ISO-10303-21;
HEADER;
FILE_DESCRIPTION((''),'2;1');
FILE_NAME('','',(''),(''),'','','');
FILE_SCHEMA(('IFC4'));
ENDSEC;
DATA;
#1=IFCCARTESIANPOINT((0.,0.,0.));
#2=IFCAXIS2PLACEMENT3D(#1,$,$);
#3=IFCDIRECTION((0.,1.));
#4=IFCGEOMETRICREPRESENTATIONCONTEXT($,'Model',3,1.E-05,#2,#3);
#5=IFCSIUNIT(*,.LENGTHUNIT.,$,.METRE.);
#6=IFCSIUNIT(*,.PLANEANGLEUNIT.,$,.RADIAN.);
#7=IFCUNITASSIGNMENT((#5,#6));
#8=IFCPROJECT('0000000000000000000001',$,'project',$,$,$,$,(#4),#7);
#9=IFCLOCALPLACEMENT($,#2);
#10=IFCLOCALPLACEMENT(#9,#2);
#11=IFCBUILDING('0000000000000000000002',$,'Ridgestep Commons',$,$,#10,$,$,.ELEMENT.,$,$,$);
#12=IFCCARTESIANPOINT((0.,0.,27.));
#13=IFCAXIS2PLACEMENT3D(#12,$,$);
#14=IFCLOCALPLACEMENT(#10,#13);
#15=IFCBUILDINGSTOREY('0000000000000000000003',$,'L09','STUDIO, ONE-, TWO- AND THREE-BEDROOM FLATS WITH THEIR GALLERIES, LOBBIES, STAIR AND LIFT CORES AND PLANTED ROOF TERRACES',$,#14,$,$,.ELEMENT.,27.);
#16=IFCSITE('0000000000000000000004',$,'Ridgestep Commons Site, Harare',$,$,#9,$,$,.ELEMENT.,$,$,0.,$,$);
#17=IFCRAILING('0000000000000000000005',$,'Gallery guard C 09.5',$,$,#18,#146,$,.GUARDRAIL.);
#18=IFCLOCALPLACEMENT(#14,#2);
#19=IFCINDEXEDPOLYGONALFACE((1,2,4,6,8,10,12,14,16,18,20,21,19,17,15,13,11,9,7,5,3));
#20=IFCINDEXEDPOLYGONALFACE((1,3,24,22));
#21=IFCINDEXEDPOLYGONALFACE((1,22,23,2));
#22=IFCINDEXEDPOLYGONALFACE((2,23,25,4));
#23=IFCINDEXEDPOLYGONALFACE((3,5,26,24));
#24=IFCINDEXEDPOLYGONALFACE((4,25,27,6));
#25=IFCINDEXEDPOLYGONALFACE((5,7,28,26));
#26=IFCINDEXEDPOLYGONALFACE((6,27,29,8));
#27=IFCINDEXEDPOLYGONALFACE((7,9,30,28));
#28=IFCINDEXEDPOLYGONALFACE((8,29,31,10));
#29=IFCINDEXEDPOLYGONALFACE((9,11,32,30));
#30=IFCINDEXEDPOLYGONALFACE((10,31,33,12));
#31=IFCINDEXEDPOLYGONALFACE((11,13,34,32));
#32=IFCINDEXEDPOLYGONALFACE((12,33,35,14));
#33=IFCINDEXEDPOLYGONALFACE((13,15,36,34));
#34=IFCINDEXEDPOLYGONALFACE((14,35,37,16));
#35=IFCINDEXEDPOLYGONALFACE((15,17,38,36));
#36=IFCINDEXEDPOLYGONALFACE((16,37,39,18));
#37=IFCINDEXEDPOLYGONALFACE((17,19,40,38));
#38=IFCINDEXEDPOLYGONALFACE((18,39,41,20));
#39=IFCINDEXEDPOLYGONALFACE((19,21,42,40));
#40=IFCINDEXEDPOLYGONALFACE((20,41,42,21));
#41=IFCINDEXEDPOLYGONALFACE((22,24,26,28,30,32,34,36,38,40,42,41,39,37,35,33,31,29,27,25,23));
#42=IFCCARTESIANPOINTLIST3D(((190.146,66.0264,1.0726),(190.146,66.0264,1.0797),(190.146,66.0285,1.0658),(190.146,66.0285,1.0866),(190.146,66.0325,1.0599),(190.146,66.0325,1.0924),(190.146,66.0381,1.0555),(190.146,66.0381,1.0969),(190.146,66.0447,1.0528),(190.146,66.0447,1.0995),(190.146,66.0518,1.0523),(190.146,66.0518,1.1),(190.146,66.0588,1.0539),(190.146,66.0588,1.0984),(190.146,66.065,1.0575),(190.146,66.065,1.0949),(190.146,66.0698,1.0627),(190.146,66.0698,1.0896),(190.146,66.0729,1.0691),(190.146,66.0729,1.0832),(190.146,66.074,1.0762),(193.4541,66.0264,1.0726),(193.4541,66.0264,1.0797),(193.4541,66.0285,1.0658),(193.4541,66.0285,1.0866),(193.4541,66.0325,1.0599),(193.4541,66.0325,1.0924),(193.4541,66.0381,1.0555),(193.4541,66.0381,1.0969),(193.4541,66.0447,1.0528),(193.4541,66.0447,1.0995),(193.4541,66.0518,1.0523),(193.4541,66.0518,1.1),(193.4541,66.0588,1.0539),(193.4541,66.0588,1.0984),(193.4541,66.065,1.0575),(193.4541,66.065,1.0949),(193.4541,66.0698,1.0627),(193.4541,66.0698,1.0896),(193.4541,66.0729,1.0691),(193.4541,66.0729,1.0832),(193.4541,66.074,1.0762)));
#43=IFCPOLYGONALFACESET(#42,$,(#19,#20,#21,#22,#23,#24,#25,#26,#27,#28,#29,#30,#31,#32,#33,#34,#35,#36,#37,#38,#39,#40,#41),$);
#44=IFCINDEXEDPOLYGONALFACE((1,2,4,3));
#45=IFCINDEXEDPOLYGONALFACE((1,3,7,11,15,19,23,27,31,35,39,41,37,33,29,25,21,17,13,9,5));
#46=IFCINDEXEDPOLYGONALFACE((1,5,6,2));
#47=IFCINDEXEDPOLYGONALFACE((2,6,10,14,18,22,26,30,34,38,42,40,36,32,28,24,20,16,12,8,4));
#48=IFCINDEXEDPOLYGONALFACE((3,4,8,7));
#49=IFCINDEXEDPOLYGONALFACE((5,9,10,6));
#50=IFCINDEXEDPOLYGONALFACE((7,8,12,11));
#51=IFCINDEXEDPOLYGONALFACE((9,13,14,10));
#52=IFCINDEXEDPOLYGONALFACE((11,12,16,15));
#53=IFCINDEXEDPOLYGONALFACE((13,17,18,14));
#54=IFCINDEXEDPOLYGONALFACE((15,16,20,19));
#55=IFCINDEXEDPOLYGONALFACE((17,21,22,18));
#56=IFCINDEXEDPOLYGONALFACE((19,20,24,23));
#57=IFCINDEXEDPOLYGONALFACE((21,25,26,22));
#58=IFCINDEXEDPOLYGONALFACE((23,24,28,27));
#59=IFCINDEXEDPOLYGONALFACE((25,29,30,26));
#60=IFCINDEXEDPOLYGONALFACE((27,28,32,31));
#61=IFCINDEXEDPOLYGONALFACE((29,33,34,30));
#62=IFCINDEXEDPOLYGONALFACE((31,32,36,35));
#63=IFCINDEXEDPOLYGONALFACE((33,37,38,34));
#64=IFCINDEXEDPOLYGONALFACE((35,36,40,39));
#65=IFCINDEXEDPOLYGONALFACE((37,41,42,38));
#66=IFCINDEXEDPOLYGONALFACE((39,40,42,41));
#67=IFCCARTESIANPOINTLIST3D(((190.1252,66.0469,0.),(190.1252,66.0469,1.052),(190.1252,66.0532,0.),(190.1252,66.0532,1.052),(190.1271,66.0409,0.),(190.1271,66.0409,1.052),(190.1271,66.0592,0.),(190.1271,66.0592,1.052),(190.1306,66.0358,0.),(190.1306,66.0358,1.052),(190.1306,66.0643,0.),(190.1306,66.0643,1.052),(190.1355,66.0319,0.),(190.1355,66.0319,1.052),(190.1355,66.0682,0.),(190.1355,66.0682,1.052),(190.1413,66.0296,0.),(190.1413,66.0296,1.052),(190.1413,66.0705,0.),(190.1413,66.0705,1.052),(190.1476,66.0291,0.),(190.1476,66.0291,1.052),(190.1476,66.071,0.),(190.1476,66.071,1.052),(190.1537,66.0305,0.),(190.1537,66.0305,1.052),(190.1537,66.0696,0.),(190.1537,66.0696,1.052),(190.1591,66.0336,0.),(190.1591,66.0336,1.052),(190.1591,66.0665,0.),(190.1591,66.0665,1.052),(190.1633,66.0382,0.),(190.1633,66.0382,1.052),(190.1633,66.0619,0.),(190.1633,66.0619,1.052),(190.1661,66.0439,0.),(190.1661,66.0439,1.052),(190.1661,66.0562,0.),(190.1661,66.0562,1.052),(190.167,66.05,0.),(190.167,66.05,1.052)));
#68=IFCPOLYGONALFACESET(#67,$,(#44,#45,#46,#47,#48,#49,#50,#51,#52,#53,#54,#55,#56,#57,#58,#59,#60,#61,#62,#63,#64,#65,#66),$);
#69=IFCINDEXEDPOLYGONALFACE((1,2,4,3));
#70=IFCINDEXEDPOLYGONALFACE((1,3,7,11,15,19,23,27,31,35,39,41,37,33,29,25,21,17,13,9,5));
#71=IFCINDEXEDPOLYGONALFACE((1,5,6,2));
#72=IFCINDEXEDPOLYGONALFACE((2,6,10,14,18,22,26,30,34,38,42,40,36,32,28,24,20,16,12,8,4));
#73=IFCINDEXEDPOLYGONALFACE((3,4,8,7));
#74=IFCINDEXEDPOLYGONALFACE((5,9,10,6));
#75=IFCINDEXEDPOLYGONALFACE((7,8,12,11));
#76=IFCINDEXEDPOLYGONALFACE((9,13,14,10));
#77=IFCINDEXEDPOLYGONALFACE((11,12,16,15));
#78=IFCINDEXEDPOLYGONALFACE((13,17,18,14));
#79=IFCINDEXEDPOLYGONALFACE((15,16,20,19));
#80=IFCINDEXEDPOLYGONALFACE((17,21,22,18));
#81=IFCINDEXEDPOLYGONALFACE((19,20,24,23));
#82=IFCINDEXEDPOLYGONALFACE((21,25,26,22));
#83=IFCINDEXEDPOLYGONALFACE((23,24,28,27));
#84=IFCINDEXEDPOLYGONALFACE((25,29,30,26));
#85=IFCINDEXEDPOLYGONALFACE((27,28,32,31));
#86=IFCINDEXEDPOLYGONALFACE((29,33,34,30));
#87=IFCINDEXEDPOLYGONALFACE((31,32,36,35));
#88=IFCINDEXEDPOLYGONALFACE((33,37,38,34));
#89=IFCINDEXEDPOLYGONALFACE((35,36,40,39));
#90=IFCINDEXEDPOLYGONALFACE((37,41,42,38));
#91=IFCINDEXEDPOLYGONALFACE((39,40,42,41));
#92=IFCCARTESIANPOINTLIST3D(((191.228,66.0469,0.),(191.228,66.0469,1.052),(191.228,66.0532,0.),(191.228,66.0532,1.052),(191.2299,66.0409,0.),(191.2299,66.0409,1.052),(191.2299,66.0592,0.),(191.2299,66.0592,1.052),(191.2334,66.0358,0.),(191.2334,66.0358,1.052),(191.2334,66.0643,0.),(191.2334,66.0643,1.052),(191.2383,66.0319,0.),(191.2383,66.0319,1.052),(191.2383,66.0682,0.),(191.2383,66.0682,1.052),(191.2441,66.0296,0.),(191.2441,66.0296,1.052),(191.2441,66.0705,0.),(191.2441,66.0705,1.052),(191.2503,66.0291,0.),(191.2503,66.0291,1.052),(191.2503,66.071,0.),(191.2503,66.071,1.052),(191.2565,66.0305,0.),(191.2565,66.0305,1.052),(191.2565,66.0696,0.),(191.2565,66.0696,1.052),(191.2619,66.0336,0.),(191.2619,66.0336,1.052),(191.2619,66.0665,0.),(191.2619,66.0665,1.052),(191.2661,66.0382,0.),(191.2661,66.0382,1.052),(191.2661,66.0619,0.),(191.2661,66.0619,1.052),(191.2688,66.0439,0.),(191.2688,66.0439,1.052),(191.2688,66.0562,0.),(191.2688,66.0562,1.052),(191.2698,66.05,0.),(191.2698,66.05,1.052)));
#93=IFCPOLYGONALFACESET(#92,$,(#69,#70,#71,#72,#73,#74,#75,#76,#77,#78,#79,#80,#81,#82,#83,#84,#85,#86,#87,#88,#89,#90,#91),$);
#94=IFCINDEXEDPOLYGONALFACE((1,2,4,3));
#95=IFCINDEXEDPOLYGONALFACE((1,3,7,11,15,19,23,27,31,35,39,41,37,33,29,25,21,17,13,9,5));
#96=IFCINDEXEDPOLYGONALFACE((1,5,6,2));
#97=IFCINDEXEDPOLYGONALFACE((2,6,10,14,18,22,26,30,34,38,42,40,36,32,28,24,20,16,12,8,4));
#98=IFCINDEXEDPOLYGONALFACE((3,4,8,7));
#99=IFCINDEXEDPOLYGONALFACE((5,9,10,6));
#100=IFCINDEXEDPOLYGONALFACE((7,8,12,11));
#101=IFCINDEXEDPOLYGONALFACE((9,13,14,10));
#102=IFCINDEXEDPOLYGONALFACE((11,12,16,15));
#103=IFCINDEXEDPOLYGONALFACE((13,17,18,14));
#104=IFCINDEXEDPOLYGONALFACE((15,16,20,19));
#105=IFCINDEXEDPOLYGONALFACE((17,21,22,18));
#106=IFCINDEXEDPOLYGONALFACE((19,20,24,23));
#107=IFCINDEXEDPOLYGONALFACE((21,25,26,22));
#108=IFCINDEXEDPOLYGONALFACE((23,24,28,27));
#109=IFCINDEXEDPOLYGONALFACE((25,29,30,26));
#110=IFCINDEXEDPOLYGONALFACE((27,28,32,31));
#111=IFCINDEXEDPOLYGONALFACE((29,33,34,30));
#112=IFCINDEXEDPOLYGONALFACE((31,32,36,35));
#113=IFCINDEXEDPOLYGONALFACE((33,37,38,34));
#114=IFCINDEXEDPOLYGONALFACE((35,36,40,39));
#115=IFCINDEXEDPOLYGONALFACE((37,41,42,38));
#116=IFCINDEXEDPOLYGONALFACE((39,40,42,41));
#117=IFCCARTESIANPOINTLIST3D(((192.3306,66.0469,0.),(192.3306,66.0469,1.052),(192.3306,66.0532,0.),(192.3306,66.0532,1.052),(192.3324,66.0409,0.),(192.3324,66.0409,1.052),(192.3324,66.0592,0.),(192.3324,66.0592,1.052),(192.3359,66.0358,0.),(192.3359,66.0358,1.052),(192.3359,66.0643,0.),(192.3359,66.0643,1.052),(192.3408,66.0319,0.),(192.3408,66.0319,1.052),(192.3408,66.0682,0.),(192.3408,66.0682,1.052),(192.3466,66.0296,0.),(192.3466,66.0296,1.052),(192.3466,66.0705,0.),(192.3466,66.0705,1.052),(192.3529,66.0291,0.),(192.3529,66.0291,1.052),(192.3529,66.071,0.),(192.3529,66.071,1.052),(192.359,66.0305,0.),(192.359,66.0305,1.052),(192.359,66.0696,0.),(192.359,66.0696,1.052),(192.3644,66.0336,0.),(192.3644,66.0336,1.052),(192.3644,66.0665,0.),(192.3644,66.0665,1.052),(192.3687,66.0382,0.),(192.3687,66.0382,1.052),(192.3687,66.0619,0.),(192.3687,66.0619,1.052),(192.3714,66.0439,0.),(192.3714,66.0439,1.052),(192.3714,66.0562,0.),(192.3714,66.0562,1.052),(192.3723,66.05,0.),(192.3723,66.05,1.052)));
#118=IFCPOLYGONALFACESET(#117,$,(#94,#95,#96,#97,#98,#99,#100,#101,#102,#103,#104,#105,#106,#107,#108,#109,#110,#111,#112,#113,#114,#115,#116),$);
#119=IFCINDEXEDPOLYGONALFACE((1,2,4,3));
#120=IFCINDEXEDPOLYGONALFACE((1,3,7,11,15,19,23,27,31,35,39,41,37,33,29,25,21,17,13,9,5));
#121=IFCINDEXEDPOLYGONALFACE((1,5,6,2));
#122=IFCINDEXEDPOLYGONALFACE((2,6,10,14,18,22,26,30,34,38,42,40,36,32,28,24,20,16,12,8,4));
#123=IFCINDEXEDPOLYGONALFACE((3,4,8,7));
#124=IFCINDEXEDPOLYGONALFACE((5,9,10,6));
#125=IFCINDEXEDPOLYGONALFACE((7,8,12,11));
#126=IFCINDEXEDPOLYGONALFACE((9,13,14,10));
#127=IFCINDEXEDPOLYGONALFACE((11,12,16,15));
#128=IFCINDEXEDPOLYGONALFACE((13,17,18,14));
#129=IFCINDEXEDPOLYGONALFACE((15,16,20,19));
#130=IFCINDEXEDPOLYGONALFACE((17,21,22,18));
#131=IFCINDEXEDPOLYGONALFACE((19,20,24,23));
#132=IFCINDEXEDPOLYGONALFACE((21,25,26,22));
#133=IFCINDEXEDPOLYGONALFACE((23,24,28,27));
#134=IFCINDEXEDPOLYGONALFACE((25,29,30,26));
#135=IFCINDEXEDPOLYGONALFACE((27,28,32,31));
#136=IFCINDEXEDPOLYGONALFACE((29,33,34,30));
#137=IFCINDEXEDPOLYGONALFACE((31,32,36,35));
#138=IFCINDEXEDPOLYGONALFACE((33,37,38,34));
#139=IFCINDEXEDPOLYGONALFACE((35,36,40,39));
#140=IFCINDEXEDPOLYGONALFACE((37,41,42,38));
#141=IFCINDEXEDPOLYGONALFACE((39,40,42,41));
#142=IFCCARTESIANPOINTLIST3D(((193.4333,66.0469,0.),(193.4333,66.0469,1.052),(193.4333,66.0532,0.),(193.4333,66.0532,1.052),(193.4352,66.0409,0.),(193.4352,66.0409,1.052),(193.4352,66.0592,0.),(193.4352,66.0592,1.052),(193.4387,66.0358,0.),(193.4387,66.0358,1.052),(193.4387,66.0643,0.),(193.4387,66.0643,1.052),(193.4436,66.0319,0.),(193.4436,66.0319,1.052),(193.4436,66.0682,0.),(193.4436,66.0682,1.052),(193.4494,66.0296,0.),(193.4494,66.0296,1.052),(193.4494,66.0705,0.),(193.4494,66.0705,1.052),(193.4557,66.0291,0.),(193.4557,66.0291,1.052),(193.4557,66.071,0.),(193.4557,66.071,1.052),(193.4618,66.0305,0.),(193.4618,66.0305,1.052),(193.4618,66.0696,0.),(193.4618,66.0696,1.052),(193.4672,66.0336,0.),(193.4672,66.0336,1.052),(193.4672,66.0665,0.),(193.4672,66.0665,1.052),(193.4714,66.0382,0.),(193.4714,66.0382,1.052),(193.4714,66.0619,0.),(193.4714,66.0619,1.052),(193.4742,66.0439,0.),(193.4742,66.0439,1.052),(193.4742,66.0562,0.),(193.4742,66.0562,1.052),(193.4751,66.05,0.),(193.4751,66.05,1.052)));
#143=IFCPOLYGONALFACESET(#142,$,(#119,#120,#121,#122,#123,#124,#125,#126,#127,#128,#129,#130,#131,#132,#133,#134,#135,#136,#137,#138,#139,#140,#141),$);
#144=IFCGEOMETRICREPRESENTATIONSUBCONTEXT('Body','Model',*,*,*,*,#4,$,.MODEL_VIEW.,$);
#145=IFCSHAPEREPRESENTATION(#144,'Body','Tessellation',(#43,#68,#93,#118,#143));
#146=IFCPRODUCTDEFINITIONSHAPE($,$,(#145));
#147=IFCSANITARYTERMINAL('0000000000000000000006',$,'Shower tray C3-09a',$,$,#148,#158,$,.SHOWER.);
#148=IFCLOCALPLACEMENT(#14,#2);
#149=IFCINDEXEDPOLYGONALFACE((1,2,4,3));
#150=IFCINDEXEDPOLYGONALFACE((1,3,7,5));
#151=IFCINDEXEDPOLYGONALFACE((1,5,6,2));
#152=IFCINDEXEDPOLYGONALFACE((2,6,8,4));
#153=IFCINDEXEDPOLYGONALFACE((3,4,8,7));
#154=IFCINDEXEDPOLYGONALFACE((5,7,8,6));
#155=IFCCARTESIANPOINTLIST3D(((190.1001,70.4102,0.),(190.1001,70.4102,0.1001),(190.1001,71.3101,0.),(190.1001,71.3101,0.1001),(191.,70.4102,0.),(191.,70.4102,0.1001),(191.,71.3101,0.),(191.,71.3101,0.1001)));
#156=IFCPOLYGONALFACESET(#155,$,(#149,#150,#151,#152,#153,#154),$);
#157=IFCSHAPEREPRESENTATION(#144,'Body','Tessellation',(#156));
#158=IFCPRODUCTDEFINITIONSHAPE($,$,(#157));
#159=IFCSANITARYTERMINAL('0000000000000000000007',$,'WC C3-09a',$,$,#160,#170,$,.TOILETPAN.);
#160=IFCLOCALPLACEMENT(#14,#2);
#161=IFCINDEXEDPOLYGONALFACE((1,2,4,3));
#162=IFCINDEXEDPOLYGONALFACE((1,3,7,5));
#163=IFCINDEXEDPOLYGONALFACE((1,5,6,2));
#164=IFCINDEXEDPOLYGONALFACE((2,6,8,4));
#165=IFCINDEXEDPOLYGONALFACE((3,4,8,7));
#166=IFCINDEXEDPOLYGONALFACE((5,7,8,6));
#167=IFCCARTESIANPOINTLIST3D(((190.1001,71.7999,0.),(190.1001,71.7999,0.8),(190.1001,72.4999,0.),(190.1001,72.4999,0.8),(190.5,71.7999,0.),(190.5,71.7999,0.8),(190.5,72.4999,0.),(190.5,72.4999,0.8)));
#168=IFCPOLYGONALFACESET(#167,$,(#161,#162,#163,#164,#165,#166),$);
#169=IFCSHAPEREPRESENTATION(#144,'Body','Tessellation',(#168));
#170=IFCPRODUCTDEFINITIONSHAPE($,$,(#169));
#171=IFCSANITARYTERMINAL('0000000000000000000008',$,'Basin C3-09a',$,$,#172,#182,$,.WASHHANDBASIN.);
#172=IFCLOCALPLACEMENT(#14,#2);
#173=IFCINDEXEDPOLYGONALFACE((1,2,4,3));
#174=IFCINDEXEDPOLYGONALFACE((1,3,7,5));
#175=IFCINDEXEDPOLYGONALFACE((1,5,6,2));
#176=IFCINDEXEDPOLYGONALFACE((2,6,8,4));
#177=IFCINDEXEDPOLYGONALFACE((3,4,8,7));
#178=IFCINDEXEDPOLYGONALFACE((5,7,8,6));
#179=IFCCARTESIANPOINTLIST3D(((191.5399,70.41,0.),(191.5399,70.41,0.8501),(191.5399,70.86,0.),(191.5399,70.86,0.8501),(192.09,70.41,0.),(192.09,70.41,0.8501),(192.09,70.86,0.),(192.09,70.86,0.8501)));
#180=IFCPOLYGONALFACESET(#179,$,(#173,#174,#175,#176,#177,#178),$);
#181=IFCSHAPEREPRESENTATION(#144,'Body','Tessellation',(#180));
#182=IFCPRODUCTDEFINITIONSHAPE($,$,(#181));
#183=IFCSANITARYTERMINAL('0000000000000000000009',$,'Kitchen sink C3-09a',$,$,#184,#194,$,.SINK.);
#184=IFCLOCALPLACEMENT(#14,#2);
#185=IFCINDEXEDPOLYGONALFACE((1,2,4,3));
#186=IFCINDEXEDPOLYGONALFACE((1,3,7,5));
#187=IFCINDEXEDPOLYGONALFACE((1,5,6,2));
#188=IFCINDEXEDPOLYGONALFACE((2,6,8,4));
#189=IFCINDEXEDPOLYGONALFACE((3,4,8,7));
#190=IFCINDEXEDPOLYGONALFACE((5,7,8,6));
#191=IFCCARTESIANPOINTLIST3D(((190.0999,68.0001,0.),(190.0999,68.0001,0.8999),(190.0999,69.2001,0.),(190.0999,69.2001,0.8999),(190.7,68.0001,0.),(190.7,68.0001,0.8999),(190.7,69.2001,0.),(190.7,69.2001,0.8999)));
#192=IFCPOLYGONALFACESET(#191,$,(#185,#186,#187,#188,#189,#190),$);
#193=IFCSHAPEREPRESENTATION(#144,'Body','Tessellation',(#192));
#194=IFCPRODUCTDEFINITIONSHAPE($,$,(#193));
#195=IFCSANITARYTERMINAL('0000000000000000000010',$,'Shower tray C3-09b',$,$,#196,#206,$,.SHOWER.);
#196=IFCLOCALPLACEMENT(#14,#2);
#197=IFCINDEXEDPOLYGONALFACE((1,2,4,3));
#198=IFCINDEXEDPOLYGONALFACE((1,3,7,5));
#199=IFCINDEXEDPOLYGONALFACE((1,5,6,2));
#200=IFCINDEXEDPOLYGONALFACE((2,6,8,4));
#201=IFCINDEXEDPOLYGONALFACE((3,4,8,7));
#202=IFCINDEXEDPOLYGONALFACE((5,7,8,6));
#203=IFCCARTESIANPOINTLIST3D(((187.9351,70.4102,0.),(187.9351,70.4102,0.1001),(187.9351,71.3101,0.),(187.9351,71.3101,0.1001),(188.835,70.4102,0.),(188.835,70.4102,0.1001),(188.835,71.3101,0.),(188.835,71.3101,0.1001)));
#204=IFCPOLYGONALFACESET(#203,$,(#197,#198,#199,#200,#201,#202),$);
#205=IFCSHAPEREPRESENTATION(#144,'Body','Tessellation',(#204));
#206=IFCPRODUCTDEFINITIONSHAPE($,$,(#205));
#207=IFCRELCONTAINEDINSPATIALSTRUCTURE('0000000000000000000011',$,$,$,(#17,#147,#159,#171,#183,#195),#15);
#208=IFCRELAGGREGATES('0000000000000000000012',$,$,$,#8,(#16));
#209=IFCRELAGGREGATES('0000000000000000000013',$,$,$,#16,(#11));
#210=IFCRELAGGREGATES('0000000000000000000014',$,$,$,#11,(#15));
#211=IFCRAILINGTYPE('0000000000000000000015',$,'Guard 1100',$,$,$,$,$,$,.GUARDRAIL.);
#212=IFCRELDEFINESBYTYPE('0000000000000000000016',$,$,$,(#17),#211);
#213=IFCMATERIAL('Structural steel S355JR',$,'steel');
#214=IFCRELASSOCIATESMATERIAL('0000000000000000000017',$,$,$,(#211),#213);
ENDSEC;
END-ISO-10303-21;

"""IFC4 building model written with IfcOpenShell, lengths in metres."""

from ifc_helpers import new_model, si_unit, direction, frame, origin, origin_2d, place, context, subcontext, project, spatial, rectangle, circle, extrude, material, type_object, element, save


model = new_model("IFC4")

# Units and contexts
model_context = context("Model", 3, precision=1e-05, world=origin(), true_north=direction((0.0, 1.0)))
body_context = subcontext(model_context, "Body", "Model", "MODEL_VIEW")
ifc_project = project(units=[si_unit("LENGTHUNIT", "METRE"), si_unit("PLANEANGLEUNIT", "RADIAN")], contexts=[model_context])

# Site, building, storey
site_placement = place(None, origin())
site = spatial("IfcSite", under=ifc_project, at=site_placement, Name="Ridgestep Commons Site, Harare", CompositionType="ELEMENT", RefElevation=0.0)
building_placement = place(site_placement, origin())
building = spatial("IfcBuilding", under=site, at=building_placement, Name="Ridgestep Commons", CompositionType="ELEMENT")
storey_placement = place(building_placement, frame((0.0, 0.0, 27.0)))
storey = spatial("IfcBuildingStorey", under=building, at=storey_placement, Name="L09", Description="STUDIO, ONE-, TWO- AND THREE-BEDROOM FLATS WITH THEIR GALLERIES, LOBBIES, STAIR AND LIFT CORES AND PLANTED ROOF TERRACES", CompositionType="ELEMENT", Elevation=27.0)

# Railing
ifc_material_1 = material(Name="Structural steel S355JR", Category="steel")
railing_type = type_object("IfcRailingType", Name="Guard 1100", PredefinedType="GUARDRAIL", material=ifc_material_1)
for number, where, name in (
    (1, (190.146, 66.05, 0.0), "Gallery guard C 09.5"),
):
    element("IfcRailing", number, at=place(storey_placement, frame(where)), inside=storey, type_object=railing_type, Name=name, PredefinedType="GUARDRAIL", context=body_context, shape_type="SweptSolid", body=[
        extrude(circle(Radius=0.0239, at=origin_2d()), frame((0.0, 0.0, 1.0762), z_axis=(1.0, 0.0, 0.0), x_axis=(0.0, 1.0, 0.0)), (0.0, 0.0, 1.0), 3.3081),
        extrude(circle(Radius=0.021, at=origin_2d()), origin(), (0.0, 0.0, 1.0), 1.052),
        extrude(circle(Radius=0.021, at=origin_2d()), frame((1.1028, 0.0, 0.0)), (0.0, 0.0, 1.0), 1.052),
        extrude(circle(Radius=0.021, at=origin_2d()), frame((2.2053, 0.0, 0.0)), (0.0, 0.0, 1.0), 1.052),
        extrude(circle(Radius=0.021, at=origin_2d()), frame((3.3081, 0.0, 0.0)), (0.0, 0.0, 1.0), 1.052),
    ])

# Sanitary terminals
sanitary_terminal_1_placement = place(storey_placement, frame((190.55, 70.8601, 0.0), z_axis=(0.0, 0.0, 1.0), x_axis=(1.0, 0.0, 0.0)))
element("IfcSanitaryTerminal", 2, at=sanitary_terminal_1_placement, inside=storey, Name="Shower tray C3-09a", PredefinedType="SHOWER", context=body_context, shape_type="SweptSolid", body=[
    extrude(rectangle(XDim=0.8999, YDim=0.8999, at=origin_2d()), origin(), (0.0, 0.0, 1.0), 0.1001),
])
sanitary_terminal_2_placement = place(storey_placement, frame((190.3, 72.1499, 0.0), z_axis=(0.0, 0.0, 1.0), x_axis=(1.0, 0.0, 0.0)))
element("IfcSanitaryTerminal", 3, at=sanitary_terminal_2_placement, inside=storey, Name="WC C3-09a", PredefinedType="TOILETPAN", context=body_context, shape_type="SweptSolid", body=[
    extrude(rectangle(XDim=0.3999, YDim=0.7, at=origin_2d()), origin(), (0.0, 0.0, 1.0), 0.8),
])
sanitary_terminal_3_placement = place(storey_placement, frame((191.8149, 70.635, 0.0), z_axis=(0.0, 0.0, 1.0), x_axis=(1.0, 0.0, 0.0)))
element("IfcSanitaryTerminal", 4, at=sanitary_terminal_3_placement, inside=storey, Name="Basin C3-09a", PredefinedType="WASHHANDBASIN", context=body_context, shape_type="SweptSolid", body=[
    extrude(rectangle(XDim=0.55, YDim=0.45, at=origin_2d()), origin(), (0.0, 0.0, 1.0), 0.8501),
])
sanitary_terminal_4_placement = place(storey_placement, frame((190.3999, 68.6001, 0.0), z_axis=(0.0, 0.0, 1.0), x_axis=(1.0, 0.0, 0.0)))
element("IfcSanitaryTerminal", 5, at=sanitary_terminal_4_placement, inside=storey, Name="Kitchen sink C3-09a", PredefinedType="SINK", context=body_context, shape_type="SweptSolid", body=[
    extrude(rectangle(XDim=0.6001, YDim=1.2, at=origin_2d()), origin(), (0.0, 0.0, 1.0), 0.8999),
])
sanitary_terminal_5_placement = place(storey_placement, frame((188.385, 70.8601, 0.0), z_axis=(0.0, 0.0, 1.0), x_axis=(1.0, 0.0, 0.0)))
element("IfcSanitaryTerminal", 6, at=sanitary_terminal_5_placement, inside=storey, Name="Shower tray C3-09b", PredefinedType="SHOWER", context=body_context, shape_type="SweptSolid", body=[
    extrude(rectangle(XDim=0.8999, YDim=0.8999, at=origin_2d()), origin(), (0.0, 0.0, 1.0), 0.1001),
])

save(model, "model.ifc")
